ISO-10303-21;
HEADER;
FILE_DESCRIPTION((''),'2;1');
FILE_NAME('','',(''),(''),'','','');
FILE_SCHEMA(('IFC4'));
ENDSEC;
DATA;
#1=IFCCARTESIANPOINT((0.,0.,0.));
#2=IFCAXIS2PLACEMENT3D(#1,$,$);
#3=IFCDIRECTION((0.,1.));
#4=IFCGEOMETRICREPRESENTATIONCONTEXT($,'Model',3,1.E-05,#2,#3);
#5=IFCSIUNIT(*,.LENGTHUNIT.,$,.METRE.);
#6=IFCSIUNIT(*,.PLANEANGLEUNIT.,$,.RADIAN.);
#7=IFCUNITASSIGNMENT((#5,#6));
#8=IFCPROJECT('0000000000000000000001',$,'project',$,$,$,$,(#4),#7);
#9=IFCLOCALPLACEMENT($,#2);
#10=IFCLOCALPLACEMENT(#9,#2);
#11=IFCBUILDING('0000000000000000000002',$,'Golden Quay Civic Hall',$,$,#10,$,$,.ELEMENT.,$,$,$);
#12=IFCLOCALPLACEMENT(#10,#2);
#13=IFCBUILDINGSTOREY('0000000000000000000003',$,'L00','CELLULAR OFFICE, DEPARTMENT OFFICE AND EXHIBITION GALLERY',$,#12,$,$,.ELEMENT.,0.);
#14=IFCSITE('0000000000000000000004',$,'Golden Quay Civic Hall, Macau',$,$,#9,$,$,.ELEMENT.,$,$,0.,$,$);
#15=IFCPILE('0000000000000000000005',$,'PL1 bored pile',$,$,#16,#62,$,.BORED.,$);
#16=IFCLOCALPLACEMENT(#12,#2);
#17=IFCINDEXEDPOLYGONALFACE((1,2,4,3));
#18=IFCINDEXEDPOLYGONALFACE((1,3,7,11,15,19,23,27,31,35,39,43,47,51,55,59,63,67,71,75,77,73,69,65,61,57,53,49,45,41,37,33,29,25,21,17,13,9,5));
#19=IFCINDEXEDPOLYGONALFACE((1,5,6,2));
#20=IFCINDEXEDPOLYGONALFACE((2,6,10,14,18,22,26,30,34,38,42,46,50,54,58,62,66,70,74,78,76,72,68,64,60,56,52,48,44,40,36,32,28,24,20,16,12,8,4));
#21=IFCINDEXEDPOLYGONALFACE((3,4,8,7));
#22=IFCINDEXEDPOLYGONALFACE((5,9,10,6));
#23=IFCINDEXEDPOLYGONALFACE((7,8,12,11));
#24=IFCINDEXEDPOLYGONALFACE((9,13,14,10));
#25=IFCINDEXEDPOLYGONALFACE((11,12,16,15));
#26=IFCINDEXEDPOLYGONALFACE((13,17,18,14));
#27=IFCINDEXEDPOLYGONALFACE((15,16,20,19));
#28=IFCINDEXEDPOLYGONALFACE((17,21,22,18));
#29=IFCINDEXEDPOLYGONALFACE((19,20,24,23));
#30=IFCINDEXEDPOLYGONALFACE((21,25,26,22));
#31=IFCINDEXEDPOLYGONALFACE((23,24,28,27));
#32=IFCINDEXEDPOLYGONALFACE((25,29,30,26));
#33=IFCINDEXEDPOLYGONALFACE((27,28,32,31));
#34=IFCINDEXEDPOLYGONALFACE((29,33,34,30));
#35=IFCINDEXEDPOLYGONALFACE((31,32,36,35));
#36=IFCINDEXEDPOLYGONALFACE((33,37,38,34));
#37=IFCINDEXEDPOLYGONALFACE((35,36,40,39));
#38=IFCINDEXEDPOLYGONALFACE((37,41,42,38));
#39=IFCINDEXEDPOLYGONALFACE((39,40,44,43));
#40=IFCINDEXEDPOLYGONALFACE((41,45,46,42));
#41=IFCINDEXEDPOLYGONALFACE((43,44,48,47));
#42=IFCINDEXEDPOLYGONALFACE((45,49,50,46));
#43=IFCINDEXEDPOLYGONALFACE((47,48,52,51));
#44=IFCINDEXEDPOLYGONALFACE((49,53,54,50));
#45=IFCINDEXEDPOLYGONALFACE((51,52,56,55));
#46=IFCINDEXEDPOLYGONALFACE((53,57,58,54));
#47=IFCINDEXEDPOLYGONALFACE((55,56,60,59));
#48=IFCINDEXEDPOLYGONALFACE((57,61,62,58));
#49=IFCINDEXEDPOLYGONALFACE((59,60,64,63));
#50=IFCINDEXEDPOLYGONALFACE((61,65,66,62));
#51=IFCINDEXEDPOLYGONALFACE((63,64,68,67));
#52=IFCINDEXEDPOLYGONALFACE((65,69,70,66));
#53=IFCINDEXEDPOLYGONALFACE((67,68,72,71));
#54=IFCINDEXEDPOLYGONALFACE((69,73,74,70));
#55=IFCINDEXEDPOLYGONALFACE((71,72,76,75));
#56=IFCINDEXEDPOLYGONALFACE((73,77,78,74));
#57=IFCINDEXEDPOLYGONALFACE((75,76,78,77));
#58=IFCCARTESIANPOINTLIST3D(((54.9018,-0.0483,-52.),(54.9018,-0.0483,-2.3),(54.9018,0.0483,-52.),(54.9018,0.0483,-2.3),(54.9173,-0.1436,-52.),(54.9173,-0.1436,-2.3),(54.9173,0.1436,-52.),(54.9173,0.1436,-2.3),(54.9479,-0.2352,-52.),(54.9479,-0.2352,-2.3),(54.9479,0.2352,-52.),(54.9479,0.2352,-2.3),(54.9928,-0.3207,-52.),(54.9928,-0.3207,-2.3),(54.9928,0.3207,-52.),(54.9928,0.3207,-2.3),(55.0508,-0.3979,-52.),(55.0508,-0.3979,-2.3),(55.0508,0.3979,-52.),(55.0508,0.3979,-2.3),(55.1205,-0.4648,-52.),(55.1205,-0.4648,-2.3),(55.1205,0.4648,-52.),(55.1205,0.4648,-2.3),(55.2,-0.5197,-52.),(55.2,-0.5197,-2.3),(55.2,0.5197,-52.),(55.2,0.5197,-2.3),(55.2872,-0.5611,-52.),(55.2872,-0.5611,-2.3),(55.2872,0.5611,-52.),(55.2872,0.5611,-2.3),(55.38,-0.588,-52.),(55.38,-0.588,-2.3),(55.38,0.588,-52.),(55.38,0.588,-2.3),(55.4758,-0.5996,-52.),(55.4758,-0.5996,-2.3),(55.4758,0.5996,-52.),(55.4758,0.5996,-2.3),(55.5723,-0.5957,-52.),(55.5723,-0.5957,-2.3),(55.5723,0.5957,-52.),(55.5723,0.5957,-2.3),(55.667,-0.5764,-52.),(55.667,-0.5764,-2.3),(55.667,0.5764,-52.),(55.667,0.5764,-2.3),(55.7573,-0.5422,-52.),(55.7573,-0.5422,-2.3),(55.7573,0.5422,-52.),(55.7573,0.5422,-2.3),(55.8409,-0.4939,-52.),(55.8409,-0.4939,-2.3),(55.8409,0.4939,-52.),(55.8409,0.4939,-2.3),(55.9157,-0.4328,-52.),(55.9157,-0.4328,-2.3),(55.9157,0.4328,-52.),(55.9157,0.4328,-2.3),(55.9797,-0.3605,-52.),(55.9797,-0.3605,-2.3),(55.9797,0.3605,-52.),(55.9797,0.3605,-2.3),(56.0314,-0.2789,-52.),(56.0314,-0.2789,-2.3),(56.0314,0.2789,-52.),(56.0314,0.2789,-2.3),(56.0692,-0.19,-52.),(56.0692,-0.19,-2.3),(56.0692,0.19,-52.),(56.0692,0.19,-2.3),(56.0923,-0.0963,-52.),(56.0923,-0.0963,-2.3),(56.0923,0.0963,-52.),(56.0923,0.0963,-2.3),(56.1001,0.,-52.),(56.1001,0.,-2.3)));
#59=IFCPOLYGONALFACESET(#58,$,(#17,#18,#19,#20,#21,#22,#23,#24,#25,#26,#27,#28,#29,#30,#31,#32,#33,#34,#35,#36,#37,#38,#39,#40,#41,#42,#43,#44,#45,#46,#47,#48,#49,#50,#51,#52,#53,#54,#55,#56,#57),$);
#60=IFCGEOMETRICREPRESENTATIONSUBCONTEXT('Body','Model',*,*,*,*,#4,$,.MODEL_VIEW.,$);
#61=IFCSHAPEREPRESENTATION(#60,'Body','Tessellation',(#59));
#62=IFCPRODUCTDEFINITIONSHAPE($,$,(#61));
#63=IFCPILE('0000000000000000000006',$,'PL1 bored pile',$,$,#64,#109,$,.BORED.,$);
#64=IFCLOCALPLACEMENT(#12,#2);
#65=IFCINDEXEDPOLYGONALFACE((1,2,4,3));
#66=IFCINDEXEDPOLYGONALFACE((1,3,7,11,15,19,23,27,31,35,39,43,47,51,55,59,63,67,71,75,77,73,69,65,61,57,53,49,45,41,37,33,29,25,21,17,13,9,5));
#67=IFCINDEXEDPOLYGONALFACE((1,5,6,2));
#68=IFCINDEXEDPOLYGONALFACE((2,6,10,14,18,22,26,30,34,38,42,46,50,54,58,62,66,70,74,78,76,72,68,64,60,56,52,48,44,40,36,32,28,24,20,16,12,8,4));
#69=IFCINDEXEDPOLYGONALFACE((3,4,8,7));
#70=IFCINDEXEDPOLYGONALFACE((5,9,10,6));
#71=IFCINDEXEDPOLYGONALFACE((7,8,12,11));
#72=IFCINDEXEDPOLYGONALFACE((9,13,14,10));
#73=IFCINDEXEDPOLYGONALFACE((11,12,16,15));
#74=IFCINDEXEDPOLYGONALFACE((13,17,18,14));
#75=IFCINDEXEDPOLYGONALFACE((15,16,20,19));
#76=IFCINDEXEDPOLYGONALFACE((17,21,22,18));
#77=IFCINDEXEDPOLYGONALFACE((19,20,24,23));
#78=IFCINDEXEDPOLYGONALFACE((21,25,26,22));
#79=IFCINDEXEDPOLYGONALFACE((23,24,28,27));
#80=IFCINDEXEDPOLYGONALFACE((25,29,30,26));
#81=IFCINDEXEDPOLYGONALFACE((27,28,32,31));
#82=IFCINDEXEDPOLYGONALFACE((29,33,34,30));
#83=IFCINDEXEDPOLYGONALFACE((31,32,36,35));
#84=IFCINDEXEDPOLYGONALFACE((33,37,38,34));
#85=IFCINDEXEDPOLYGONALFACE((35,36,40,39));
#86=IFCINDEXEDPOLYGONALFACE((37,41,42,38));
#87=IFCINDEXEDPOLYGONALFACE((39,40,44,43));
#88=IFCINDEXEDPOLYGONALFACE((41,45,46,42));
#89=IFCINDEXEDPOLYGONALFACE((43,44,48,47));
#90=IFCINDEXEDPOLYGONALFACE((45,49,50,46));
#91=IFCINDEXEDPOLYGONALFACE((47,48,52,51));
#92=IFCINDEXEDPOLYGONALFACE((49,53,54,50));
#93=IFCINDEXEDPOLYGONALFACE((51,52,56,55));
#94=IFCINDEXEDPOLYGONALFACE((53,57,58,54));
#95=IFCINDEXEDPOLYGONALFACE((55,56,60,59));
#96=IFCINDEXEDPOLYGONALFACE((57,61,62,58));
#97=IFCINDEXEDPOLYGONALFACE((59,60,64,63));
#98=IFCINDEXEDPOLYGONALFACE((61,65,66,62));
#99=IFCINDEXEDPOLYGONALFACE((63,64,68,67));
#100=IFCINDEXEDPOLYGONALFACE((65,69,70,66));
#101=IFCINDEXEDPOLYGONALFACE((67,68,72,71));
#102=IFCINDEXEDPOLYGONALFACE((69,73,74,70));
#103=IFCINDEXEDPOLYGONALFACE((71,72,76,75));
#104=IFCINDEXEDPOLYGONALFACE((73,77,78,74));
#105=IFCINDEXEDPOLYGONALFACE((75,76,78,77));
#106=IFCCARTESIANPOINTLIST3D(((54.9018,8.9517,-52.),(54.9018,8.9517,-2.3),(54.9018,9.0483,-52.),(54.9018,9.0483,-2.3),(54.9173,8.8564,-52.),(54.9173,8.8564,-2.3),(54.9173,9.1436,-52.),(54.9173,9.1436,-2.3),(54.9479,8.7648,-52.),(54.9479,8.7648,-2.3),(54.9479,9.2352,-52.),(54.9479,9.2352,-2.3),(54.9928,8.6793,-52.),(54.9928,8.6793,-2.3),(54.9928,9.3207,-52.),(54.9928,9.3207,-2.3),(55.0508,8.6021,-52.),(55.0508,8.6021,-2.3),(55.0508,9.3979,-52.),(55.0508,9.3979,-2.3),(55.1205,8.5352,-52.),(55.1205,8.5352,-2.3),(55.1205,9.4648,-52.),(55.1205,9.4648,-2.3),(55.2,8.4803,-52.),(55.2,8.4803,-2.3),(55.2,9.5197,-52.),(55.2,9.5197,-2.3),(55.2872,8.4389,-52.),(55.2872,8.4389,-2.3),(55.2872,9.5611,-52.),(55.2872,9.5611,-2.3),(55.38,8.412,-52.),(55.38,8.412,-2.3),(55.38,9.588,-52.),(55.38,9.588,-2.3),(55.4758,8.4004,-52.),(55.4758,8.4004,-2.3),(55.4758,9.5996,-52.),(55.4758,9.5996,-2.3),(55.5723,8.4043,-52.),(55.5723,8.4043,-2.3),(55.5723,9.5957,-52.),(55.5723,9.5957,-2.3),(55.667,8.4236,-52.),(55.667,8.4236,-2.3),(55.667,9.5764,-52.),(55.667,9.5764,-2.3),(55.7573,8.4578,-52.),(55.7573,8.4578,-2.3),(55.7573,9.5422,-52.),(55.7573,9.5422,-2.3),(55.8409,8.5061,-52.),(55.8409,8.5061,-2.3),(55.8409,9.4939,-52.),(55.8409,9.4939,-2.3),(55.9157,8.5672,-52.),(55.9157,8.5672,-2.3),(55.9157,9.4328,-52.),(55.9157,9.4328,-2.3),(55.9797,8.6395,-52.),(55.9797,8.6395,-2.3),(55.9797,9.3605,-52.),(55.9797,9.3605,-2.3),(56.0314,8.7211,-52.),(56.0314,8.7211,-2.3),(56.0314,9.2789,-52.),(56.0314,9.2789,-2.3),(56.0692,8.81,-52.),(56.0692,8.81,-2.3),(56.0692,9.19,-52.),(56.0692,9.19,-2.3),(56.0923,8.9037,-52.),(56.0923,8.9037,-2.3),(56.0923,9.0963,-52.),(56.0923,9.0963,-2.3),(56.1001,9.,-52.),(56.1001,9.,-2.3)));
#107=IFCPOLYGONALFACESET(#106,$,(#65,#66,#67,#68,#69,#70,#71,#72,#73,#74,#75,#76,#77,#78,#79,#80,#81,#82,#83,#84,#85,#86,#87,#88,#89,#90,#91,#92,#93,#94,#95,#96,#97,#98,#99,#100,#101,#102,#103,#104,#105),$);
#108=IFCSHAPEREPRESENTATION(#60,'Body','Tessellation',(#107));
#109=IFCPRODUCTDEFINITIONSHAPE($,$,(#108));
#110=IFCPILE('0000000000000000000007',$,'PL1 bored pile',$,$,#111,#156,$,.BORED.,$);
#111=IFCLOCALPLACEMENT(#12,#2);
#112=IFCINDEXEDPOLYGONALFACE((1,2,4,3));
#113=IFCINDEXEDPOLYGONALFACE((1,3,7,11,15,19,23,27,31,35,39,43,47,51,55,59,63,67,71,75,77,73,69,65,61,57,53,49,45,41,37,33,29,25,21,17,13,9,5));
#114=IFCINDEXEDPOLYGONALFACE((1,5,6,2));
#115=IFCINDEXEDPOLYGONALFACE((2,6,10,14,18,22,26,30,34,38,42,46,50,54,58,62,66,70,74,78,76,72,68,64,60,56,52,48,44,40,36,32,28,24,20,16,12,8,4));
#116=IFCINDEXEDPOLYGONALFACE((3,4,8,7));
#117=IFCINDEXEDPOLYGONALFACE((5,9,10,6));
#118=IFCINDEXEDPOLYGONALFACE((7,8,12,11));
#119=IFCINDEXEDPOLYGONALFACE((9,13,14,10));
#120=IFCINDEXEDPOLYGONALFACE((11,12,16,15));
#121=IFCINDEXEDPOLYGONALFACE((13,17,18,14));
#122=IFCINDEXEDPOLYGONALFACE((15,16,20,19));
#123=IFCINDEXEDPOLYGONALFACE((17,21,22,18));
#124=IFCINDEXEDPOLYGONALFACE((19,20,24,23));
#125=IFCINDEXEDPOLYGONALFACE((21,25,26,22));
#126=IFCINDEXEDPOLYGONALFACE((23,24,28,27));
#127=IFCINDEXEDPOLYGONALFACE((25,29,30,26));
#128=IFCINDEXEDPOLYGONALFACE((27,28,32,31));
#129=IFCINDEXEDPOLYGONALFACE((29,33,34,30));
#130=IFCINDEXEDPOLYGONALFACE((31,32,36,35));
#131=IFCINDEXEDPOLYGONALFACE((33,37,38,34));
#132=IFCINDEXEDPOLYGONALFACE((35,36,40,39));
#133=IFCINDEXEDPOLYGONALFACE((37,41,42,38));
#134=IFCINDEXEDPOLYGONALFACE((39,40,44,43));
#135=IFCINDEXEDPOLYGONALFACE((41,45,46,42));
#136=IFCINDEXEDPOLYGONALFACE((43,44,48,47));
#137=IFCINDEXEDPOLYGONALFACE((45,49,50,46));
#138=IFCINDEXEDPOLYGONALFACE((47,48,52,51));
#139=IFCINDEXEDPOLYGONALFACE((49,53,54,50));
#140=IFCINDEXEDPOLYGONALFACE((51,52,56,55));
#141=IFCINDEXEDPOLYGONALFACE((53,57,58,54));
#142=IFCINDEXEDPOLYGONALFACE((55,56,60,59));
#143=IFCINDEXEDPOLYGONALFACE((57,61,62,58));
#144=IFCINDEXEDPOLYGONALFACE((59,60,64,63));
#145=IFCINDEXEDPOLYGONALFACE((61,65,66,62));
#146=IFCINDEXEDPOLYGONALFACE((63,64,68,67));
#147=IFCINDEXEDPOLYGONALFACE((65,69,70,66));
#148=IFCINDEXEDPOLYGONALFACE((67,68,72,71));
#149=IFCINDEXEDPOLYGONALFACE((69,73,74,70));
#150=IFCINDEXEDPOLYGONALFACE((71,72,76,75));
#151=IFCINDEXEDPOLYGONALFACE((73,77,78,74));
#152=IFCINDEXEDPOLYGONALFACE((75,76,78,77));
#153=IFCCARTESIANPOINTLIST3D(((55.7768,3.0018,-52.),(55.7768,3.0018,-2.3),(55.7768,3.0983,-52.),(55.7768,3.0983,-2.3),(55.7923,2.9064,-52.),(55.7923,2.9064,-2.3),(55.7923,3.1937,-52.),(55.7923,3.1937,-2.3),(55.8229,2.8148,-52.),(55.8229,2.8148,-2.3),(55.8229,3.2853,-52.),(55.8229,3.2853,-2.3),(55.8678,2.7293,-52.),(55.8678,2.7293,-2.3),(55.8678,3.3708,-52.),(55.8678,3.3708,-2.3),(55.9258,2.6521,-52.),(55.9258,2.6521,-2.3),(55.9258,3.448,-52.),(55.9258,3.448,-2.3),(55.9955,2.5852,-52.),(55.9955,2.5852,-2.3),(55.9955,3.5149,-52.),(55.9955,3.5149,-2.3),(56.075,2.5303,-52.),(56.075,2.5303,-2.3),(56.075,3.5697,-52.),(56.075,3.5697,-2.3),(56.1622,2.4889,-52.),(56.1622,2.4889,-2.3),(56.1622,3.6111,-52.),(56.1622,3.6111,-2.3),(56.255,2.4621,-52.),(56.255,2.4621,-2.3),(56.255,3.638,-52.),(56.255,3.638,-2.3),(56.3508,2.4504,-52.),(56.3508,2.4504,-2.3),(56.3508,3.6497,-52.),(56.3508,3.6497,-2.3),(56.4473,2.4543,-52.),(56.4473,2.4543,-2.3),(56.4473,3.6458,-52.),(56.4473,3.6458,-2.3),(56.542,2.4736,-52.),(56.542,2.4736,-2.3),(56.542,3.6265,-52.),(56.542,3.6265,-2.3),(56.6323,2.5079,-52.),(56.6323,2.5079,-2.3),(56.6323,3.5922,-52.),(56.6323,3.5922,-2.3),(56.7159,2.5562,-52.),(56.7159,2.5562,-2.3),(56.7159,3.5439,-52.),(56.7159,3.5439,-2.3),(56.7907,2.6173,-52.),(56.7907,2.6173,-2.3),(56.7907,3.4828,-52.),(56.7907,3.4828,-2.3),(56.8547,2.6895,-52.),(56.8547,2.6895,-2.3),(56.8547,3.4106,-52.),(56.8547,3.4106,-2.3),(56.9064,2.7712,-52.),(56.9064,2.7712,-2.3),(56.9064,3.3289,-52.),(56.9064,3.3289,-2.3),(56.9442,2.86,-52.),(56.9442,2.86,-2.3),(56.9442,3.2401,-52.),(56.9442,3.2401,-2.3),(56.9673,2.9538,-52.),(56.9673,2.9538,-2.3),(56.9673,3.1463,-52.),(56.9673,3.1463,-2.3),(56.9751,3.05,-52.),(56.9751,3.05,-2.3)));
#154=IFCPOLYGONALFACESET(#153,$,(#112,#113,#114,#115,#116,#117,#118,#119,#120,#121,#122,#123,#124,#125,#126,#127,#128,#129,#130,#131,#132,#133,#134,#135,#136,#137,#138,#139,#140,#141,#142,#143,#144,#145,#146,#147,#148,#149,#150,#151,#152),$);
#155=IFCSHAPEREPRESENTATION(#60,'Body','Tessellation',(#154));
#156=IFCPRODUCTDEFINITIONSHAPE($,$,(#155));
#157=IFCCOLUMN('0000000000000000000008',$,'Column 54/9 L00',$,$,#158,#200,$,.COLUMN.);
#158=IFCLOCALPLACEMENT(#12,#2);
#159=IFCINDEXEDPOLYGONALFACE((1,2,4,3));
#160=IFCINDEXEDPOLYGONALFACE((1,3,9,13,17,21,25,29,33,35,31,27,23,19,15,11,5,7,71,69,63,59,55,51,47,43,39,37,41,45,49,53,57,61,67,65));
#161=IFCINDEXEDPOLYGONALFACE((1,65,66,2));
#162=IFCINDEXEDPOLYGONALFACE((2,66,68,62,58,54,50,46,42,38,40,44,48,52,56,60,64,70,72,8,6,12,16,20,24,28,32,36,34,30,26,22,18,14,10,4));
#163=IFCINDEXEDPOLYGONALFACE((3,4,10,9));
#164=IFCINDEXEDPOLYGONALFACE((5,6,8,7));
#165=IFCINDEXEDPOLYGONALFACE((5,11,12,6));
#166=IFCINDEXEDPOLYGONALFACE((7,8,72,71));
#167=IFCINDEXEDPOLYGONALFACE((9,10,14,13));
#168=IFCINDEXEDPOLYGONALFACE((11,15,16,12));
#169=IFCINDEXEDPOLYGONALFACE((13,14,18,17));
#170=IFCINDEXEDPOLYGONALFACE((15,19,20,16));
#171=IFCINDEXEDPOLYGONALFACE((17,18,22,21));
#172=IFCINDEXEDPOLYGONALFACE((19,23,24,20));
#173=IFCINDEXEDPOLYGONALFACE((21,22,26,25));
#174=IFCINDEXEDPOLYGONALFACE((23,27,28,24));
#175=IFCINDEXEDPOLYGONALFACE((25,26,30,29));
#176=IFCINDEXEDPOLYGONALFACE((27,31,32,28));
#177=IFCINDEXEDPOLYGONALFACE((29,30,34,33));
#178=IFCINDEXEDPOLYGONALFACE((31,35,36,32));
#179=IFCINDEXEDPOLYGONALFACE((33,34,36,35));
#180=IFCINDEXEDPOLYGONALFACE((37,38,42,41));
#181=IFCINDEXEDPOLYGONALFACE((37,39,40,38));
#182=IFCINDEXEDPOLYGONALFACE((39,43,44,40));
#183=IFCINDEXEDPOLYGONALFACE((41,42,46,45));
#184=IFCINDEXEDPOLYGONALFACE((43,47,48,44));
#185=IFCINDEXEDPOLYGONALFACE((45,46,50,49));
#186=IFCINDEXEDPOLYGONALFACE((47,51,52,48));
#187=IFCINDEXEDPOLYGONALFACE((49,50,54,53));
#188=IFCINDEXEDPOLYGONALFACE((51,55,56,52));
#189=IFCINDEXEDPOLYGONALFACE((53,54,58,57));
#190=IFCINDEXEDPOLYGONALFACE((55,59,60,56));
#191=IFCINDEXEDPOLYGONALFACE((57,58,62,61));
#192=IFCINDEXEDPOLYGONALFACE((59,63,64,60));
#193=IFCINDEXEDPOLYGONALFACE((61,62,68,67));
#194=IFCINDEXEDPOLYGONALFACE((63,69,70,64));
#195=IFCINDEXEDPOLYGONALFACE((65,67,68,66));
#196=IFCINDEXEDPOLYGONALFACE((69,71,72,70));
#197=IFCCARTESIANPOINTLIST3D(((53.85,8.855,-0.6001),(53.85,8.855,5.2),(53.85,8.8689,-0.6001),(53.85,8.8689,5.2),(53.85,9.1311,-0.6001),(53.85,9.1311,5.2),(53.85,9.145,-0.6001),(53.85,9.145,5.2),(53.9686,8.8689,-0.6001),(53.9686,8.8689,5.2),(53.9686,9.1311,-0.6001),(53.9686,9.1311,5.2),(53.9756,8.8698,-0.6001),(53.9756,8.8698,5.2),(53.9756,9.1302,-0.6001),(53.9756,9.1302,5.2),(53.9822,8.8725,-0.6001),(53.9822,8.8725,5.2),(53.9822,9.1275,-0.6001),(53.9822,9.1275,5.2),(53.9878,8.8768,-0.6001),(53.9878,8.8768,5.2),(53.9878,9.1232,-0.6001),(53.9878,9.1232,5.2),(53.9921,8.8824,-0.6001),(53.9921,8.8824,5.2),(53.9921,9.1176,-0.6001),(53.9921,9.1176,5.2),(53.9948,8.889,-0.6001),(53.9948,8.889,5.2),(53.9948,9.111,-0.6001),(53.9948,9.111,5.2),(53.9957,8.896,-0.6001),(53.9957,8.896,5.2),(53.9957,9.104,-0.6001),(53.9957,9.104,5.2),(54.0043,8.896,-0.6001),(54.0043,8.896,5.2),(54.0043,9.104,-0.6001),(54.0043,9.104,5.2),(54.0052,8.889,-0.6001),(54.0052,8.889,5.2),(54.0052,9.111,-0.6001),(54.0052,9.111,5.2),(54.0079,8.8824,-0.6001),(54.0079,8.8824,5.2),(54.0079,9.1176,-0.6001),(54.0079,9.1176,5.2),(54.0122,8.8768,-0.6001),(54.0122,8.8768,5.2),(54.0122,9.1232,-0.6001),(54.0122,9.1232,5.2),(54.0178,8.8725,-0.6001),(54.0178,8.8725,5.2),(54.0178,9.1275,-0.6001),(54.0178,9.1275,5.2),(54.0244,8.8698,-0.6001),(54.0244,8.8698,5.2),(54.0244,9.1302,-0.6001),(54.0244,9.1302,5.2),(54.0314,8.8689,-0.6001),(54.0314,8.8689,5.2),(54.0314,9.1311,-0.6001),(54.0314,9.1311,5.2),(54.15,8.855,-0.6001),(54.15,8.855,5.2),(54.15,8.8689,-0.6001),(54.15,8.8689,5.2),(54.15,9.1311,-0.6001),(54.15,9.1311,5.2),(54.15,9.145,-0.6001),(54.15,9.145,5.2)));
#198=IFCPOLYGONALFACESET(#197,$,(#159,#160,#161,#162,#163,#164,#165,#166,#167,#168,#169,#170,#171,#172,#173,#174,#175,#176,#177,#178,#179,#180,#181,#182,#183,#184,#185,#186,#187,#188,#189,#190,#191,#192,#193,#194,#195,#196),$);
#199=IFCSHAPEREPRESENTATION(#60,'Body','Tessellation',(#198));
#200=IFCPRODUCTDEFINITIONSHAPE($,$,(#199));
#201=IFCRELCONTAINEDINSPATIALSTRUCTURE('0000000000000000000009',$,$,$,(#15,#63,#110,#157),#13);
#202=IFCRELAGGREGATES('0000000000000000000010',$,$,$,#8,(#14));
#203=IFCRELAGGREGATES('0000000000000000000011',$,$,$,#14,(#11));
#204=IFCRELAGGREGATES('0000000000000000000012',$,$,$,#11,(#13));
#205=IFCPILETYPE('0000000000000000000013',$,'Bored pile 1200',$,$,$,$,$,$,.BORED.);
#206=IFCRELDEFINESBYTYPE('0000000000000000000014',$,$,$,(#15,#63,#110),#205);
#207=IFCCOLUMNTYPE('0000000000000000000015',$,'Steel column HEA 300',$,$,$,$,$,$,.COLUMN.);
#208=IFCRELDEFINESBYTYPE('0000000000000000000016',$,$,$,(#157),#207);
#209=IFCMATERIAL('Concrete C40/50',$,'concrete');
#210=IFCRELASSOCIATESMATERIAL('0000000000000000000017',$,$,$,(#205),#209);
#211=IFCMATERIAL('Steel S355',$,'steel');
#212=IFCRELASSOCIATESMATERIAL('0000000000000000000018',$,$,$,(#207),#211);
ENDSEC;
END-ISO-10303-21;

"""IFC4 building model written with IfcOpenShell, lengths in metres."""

from ifc_helpers import new_model, si_unit, direction, frame, origin, origin_2d, place, context, subcontext, project, spatial, circle, i_section, extrude, material, material_profile, profile_set, type_object, element, save


model = new_model("IFC4")

# Units and contexts
model_context = context("Model", 3, precision=1e-05, world=origin(), true_north=direction((0.0, 1.0)))
body_context = subcontext(model_context, "Body", "Model", "MODEL_VIEW")
ifc_project = project(units=[si_unit("LENGTHUNIT", "METRE"), si_unit("PLANEANGLEUNIT", "RADIAN")], contexts=[model_context])

# Site, building, storey
site_placement = place(None, origin())
site = spatial("IfcSite", under=ifc_project, at=site_placement, Name="Golden Quay Civic Hall, Macau", CompositionType="ELEMENT", RefElevation=0.0)
building_placement = place(site_placement, origin())
building = spatial("IfcBuilding", under=site, at=building_placement, Name="Golden Quay Civic Hall", CompositionType="ELEMENT")
storey_placement = place(building_placement, origin())
storey = spatial("IfcBuildingStorey", under=building, at=storey_placement, Name="L00", Description="CELLULAR OFFICE, DEPARTMENT OFFICE AND EXHIBITION GALLERY", CompositionType="ELEMENT", Elevation=0.0)

# Piles
ifc_material_1 = material(Name="Concrete C40/50", Category="concrete")
ifc_material_profile_1 = material_profile(ifc_material_1, circle(Radius=0.6001, at=origin_2d()), Name="RC D1200")
ifc_profile_set_1 = profile_set([ifc_material_profile_1], Name="Concrete C40/50")
pile_type = type_object("IfcPileType", Name="Bored pile 1200", PredefinedType="BORED", material=ifc_profile_set_1)
for number, where, z_axis, x_axis, name in (
    (1, (55.5, 0.0, -2.3), (0.0, 0.0, -1.0), (1.0, 0.0, 0.0), "PL1 bored pile"),
    (2, (55.5, 9.0, -2.3), (0.0, 0.0, -1.0), (1.0, 0.0, 0.0), "PL1 bored pile"),
    (3, (56.375, 3.05, -2.3), (0.0, 0.0, -1.0), (1.0, 0.0, 0.0), "PL1 bored pile"),
):
    element("IfcPile", number, at=place(storey_placement, frame(where, z_axis=z_axis, x_axis=x_axis)), inside=storey, type_object=pile_type, Name=name, PredefinedType="BORED", context=body_context, shape_type="SweptSolid", body=[
        extrude(circle(Radius=0.6001, at=origin_2d()), origin(), (0.0, 0.0, 1.0), 49.7),
    ])

# Column
ifc_material_2 = material(Name="Steel S355", Category="steel")
ifc_material_profile_2 = material_profile(ifc_material_2, i_section(OverallWidth=0.3, OverallDepth=0.29, WebThickness=0.0085, FlangeThickness=0.0139, FilletRadius=0.0271, at=origin_2d()), Name="HEA 300")
ifc_profile_set_2 = profile_set([ifc_material_profile_2], Name="Steel S355")
column_type = type_object("IfcColumnType", Name="Steel column HEA 300", PredefinedType="COLUMN", material=ifc_profile_set_2)
column_placement = place(storey_placement, frame((54.0, 9.0, -0.6001), z_axis=(0.0, 0.0, 1.0), x_axis=(1.0, 0.0, 0.0)))
element("IfcColumn", 4, at=column_placement, inside=storey, type_object=column_type, Name="Column 54/9 L00", PredefinedType="COLUMN", context=body_context, shape_type="SweptSolid", body=[
    extrude(i_section(OverallWidth=0.3, OverallDepth=0.29, WebThickness=0.0085, FlangeThickness=0.0139, FilletRadius=0.0271, at=origin_2d()), origin(), (0.0, 0.0, 1.0), 5.8),
])

save(model, "model.ifc")
